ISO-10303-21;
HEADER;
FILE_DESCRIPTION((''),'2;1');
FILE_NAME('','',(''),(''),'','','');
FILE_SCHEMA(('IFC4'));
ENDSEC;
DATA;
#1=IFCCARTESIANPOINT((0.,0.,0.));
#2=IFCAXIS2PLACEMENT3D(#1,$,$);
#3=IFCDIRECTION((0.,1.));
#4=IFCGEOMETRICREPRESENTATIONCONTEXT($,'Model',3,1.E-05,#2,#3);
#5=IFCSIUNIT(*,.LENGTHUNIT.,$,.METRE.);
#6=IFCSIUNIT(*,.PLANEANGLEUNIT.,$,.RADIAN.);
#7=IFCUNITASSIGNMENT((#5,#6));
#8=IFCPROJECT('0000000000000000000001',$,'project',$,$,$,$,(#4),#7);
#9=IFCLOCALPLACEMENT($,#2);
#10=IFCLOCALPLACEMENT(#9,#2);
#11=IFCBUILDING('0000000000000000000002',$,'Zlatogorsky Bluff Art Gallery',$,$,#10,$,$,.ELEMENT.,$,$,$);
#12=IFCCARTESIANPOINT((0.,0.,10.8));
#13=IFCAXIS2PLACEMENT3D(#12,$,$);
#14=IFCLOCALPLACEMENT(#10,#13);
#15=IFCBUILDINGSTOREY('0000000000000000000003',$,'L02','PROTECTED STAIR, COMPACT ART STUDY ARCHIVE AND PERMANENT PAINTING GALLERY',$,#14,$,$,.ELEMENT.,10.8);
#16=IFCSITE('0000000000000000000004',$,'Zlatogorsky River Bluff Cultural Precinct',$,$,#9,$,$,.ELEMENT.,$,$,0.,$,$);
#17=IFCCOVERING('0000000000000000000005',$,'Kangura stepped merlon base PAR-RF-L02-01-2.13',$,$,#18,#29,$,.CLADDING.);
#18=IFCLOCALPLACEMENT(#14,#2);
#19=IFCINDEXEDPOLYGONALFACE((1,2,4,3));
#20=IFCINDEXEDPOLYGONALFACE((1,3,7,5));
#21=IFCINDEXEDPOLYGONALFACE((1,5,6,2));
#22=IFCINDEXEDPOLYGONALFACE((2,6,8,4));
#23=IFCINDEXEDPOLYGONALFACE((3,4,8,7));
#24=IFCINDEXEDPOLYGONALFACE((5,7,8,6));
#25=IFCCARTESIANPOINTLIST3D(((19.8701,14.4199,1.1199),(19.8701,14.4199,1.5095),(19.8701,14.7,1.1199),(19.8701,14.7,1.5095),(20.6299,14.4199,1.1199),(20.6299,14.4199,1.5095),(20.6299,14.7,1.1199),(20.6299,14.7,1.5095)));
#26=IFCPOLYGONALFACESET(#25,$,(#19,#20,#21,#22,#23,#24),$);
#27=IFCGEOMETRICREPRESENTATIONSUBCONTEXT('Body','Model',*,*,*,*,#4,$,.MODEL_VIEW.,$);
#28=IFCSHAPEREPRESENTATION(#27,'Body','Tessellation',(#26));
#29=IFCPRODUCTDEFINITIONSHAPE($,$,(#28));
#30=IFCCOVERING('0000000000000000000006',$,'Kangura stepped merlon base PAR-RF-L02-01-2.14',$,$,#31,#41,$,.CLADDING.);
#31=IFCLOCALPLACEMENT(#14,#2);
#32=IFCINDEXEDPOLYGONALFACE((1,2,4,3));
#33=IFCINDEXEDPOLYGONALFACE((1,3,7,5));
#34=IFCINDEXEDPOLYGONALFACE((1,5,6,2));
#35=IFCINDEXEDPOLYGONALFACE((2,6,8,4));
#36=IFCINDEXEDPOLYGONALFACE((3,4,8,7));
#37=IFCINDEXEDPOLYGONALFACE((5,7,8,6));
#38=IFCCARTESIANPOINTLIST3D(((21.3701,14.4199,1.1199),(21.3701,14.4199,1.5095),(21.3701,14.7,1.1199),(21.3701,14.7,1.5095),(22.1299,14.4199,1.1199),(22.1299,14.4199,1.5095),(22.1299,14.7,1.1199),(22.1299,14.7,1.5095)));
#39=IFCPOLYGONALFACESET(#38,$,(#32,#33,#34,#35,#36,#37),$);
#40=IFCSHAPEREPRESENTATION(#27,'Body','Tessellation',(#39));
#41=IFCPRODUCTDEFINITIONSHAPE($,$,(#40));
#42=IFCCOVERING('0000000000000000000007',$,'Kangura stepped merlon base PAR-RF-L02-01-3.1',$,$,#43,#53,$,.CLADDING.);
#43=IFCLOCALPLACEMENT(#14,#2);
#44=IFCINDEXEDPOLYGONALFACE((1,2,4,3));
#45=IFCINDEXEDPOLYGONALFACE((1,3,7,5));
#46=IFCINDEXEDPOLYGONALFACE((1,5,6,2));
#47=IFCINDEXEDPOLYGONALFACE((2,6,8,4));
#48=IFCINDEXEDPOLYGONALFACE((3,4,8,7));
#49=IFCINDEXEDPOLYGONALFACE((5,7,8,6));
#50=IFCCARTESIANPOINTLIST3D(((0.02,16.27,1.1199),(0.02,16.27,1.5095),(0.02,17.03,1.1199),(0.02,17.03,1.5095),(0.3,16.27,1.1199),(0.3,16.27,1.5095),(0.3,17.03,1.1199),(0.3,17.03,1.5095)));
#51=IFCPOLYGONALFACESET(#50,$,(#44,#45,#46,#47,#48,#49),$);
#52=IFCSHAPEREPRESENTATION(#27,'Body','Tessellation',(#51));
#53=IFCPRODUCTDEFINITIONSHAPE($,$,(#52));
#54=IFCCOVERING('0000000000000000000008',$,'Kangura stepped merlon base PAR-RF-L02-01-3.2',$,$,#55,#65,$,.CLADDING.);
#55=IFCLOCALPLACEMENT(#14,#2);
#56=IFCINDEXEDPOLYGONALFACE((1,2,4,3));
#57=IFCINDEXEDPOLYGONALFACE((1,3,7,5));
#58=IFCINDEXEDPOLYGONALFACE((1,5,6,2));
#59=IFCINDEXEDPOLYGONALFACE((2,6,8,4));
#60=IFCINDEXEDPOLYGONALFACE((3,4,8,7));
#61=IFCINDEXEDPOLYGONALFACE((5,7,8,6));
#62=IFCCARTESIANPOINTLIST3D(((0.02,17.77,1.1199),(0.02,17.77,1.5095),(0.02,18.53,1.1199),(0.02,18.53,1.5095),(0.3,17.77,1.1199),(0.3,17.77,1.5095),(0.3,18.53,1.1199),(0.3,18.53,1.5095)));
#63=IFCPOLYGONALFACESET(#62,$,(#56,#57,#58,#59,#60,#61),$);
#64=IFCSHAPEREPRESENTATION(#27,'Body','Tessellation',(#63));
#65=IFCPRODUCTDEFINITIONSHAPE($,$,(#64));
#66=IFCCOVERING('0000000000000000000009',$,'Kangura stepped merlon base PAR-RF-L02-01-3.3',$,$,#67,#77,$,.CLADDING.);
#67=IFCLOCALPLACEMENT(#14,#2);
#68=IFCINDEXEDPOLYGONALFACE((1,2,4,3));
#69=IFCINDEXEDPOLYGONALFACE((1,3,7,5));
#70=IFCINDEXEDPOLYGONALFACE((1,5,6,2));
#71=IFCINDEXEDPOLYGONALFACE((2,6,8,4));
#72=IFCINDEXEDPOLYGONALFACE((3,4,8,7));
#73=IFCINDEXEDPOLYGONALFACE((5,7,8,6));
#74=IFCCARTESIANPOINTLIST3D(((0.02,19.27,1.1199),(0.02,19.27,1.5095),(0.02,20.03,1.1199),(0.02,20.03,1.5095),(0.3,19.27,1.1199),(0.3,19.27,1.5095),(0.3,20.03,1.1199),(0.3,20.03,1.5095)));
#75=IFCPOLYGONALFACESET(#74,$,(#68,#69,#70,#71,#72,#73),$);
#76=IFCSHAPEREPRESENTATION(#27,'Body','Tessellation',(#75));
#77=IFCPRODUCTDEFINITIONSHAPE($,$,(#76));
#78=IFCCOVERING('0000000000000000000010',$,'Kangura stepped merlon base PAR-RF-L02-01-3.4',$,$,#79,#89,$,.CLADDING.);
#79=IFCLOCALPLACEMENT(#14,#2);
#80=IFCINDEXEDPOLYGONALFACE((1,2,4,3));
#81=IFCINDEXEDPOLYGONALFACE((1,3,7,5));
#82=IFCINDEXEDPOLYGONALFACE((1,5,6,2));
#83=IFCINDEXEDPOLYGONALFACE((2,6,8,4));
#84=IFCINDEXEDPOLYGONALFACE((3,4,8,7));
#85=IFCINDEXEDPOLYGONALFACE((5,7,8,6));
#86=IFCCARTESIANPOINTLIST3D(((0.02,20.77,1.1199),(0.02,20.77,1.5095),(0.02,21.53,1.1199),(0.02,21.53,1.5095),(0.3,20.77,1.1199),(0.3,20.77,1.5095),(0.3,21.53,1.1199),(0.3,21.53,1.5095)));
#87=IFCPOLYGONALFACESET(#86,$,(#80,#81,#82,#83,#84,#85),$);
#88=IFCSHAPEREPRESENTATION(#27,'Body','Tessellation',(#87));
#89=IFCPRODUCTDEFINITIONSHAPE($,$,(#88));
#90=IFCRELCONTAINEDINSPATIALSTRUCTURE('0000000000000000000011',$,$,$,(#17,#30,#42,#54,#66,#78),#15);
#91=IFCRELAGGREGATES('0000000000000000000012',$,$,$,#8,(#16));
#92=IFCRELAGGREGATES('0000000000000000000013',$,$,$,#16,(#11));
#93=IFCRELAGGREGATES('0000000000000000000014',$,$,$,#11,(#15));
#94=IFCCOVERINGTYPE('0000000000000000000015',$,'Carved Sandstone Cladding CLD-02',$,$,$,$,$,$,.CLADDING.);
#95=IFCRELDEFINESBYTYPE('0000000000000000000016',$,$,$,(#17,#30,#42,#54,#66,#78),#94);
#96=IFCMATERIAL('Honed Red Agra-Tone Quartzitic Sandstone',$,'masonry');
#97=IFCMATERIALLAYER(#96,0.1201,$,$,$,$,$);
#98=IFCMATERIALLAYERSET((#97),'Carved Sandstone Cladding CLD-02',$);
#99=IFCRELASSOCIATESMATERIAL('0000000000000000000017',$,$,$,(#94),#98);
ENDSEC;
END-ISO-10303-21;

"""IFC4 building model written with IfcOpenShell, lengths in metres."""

from ifc_helpers import new_model, si_unit, direction, frame, origin, place, context, subcontext, project, spatial, polyline, outline, extrude, material, layer, layer_set, type_object, element, save


model = new_model("IFC4")

# Units and contexts
model_context = context("Model", 3, precision=1e-05, world=origin(), true_north=direction((0.0, 1.0)))
body_context = subcontext(model_context, "Body", "Model", "MODEL_VIEW")
ifc_project = project(units=[si_unit("LENGTHUNIT", "METRE"), si_unit("PLANEANGLEUNIT", "RADIAN")], contexts=[model_context])

# Site, building, storey
site_placement = place(None, origin())
site = spatial("IfcSite", under=ifc_project, at=site_placement, Name="Zlatogorsky River Bluff Cultural Precinct", CompositionType="ELEMENT", RefElevation=0.0)
building_placement = place(site_placement, origin())
building = spatial("IfcBuilding", under=site, at=building_placement, Name="Zlatogorsky Bluff Art Gallery", CompositionType="ELEMENT")
storey_placement = place(building_placement, frame((0.0, 0.0, 10.8)))
storey = spatial("IfcBuildingStorey", under=building, at=storey_placement, Name="L02", Description="PROTECTED STAIR, COMPACT ART STUDY ARCHIVE AND PERMANENT PAINTING GALLERY", CompositionType="ELEMENT", Elevation=10.8)

# Coverings
ifc_material = material(Name="Honed Red Agra-Tone Quartzitic Sandstone", Category="masonry")
ifc_layer = layer(ifc_material, 0.1201)
ifc_layer_set = layer_set([ifc_layer], Name="Carved Sandstone Cladding CLD-02")
covering_type = type_object("IfcCoveringType", Name="Carved Sandstone Cladding CLD-02", PredefinedType="CLADDING", material=ifc_layer_set)
covering_1_placement = place(storey_placement, frame((0.0, 0.0, 1.1199)))
element("IfcCovering", 1, at=covering_1_placement, inside=storey, type_object=covering_type, Name="Kangura stepped merlon base PAR-RF-L02-01-2.13", PredefinedType="CLADDING", context=body_context, shape_type="SweptSolid", body=[
    extrude(outline(polyline([(19.8701, 14.4199), (20.6299, 14.4199), (20.6299, 14.7), (19.8701, 14.7), (19.8701, 14.4199)])), origin(), (0.0, 0.0, 1.0), 0.3896),
])
covering_2_placement = place(storey_placement, frame((0.0, 0.0, 1.1199)))
element("IfcCovering", 2, at=covering_2_placement, inside=storey, type_object=covering_type, Name="Kangura stepped merlon base PAR-RF-L02-01-2.14", PredefinedType="CLADDING", context=body_context, shape_type="SweptSolid", body=[
    extrude(outline(polyline([(21.3701, 14.4199), (22.1299, 14.4199), (22.1299, 14.7), (21.3701, 14.7), (21.3701, 14.4199)])), origin(), (0.0, 0.0, 1.0), 0.3896),
])
covering_3_placement = place(storey_placement, frame((0.0, 0.0, 1.1199)))
element("IfcCovering", 3, at=covering_3_placement, inside=storey, type_object=covering_type, Name="Kangura stepped merlon base PAR-RF-L02-01-3.1", PredefinedType="CLADDING", context=body_context, shape_type="SweptSolid", body=[
    extrude(outline(polyline([(0.02, 16.27), (0.02, 17.03), (0.3, 17.03), (0.3, 16.27), (0.02, 16.27)])), origin(), (0.0, 0.0, 1.0), 0.3896),
])
covering_4_placement = place(storey_placement, frame((0.0, 0.0, 1.1199)))
element("IfcCovering", 4, at=covering_4_placement, inside=storey, type_object=covering_type, Name="Kangura stepped merlon base PAR-RF-L02-01-3.2", PredefinedType="CLADDING", context=body_context, shape_type="SweptSolid", body=[
    extrude(outline(polyline([(0.02, 17.77), (0.02, 18.53), (0.3, 18.53), (0.3, 17.77), (0.02, 17.77)])), origin(), (0.0, 0.0, 1.0), 0.3896),
])
covering_5_placement = place(storey_placement, frame((0.0, 0.0, 1.1199)))
element("IfcCovering", 5, at=covering_5_placement, inside=storey, type_object=covering_type, Name="Kangura stepped merlon base PAR-RF-L02-01-3.3", PredefinedType="CLADDING", context=body_context, shape_type="SweptSolid", body=[
    extrude(outline(polyline([(0.02, 19.27), (0.02, 20.03), (0.3, 20.03), (0.3, 19.27), (0.02, 19.27)])), origin(), (0.0, 0.0, 1.0), 0.3896),
])
covering_6_placement = place(storey_placement, frame((0.0, 0.0, 1.1199)))
element("IfcCovering", 6, at=covering_6_placement, inside=storey, type_object=covering_type, Name="Kangura stepped merlon base PAR-RF-L02-01-3.4", PredefinedType="CLADDING", context=body_context, shape_type="SweptSolid", body=[
    extrude(outline(polyline([(0.02, 20.77), (0.02, 21.53), (0.3, 21.53), (0.3, 20.77), (0.02, 20.77)])), origin(), (0.0, 0.0, 1.0), 0.3896),
])

save(model, "model.ifc")
